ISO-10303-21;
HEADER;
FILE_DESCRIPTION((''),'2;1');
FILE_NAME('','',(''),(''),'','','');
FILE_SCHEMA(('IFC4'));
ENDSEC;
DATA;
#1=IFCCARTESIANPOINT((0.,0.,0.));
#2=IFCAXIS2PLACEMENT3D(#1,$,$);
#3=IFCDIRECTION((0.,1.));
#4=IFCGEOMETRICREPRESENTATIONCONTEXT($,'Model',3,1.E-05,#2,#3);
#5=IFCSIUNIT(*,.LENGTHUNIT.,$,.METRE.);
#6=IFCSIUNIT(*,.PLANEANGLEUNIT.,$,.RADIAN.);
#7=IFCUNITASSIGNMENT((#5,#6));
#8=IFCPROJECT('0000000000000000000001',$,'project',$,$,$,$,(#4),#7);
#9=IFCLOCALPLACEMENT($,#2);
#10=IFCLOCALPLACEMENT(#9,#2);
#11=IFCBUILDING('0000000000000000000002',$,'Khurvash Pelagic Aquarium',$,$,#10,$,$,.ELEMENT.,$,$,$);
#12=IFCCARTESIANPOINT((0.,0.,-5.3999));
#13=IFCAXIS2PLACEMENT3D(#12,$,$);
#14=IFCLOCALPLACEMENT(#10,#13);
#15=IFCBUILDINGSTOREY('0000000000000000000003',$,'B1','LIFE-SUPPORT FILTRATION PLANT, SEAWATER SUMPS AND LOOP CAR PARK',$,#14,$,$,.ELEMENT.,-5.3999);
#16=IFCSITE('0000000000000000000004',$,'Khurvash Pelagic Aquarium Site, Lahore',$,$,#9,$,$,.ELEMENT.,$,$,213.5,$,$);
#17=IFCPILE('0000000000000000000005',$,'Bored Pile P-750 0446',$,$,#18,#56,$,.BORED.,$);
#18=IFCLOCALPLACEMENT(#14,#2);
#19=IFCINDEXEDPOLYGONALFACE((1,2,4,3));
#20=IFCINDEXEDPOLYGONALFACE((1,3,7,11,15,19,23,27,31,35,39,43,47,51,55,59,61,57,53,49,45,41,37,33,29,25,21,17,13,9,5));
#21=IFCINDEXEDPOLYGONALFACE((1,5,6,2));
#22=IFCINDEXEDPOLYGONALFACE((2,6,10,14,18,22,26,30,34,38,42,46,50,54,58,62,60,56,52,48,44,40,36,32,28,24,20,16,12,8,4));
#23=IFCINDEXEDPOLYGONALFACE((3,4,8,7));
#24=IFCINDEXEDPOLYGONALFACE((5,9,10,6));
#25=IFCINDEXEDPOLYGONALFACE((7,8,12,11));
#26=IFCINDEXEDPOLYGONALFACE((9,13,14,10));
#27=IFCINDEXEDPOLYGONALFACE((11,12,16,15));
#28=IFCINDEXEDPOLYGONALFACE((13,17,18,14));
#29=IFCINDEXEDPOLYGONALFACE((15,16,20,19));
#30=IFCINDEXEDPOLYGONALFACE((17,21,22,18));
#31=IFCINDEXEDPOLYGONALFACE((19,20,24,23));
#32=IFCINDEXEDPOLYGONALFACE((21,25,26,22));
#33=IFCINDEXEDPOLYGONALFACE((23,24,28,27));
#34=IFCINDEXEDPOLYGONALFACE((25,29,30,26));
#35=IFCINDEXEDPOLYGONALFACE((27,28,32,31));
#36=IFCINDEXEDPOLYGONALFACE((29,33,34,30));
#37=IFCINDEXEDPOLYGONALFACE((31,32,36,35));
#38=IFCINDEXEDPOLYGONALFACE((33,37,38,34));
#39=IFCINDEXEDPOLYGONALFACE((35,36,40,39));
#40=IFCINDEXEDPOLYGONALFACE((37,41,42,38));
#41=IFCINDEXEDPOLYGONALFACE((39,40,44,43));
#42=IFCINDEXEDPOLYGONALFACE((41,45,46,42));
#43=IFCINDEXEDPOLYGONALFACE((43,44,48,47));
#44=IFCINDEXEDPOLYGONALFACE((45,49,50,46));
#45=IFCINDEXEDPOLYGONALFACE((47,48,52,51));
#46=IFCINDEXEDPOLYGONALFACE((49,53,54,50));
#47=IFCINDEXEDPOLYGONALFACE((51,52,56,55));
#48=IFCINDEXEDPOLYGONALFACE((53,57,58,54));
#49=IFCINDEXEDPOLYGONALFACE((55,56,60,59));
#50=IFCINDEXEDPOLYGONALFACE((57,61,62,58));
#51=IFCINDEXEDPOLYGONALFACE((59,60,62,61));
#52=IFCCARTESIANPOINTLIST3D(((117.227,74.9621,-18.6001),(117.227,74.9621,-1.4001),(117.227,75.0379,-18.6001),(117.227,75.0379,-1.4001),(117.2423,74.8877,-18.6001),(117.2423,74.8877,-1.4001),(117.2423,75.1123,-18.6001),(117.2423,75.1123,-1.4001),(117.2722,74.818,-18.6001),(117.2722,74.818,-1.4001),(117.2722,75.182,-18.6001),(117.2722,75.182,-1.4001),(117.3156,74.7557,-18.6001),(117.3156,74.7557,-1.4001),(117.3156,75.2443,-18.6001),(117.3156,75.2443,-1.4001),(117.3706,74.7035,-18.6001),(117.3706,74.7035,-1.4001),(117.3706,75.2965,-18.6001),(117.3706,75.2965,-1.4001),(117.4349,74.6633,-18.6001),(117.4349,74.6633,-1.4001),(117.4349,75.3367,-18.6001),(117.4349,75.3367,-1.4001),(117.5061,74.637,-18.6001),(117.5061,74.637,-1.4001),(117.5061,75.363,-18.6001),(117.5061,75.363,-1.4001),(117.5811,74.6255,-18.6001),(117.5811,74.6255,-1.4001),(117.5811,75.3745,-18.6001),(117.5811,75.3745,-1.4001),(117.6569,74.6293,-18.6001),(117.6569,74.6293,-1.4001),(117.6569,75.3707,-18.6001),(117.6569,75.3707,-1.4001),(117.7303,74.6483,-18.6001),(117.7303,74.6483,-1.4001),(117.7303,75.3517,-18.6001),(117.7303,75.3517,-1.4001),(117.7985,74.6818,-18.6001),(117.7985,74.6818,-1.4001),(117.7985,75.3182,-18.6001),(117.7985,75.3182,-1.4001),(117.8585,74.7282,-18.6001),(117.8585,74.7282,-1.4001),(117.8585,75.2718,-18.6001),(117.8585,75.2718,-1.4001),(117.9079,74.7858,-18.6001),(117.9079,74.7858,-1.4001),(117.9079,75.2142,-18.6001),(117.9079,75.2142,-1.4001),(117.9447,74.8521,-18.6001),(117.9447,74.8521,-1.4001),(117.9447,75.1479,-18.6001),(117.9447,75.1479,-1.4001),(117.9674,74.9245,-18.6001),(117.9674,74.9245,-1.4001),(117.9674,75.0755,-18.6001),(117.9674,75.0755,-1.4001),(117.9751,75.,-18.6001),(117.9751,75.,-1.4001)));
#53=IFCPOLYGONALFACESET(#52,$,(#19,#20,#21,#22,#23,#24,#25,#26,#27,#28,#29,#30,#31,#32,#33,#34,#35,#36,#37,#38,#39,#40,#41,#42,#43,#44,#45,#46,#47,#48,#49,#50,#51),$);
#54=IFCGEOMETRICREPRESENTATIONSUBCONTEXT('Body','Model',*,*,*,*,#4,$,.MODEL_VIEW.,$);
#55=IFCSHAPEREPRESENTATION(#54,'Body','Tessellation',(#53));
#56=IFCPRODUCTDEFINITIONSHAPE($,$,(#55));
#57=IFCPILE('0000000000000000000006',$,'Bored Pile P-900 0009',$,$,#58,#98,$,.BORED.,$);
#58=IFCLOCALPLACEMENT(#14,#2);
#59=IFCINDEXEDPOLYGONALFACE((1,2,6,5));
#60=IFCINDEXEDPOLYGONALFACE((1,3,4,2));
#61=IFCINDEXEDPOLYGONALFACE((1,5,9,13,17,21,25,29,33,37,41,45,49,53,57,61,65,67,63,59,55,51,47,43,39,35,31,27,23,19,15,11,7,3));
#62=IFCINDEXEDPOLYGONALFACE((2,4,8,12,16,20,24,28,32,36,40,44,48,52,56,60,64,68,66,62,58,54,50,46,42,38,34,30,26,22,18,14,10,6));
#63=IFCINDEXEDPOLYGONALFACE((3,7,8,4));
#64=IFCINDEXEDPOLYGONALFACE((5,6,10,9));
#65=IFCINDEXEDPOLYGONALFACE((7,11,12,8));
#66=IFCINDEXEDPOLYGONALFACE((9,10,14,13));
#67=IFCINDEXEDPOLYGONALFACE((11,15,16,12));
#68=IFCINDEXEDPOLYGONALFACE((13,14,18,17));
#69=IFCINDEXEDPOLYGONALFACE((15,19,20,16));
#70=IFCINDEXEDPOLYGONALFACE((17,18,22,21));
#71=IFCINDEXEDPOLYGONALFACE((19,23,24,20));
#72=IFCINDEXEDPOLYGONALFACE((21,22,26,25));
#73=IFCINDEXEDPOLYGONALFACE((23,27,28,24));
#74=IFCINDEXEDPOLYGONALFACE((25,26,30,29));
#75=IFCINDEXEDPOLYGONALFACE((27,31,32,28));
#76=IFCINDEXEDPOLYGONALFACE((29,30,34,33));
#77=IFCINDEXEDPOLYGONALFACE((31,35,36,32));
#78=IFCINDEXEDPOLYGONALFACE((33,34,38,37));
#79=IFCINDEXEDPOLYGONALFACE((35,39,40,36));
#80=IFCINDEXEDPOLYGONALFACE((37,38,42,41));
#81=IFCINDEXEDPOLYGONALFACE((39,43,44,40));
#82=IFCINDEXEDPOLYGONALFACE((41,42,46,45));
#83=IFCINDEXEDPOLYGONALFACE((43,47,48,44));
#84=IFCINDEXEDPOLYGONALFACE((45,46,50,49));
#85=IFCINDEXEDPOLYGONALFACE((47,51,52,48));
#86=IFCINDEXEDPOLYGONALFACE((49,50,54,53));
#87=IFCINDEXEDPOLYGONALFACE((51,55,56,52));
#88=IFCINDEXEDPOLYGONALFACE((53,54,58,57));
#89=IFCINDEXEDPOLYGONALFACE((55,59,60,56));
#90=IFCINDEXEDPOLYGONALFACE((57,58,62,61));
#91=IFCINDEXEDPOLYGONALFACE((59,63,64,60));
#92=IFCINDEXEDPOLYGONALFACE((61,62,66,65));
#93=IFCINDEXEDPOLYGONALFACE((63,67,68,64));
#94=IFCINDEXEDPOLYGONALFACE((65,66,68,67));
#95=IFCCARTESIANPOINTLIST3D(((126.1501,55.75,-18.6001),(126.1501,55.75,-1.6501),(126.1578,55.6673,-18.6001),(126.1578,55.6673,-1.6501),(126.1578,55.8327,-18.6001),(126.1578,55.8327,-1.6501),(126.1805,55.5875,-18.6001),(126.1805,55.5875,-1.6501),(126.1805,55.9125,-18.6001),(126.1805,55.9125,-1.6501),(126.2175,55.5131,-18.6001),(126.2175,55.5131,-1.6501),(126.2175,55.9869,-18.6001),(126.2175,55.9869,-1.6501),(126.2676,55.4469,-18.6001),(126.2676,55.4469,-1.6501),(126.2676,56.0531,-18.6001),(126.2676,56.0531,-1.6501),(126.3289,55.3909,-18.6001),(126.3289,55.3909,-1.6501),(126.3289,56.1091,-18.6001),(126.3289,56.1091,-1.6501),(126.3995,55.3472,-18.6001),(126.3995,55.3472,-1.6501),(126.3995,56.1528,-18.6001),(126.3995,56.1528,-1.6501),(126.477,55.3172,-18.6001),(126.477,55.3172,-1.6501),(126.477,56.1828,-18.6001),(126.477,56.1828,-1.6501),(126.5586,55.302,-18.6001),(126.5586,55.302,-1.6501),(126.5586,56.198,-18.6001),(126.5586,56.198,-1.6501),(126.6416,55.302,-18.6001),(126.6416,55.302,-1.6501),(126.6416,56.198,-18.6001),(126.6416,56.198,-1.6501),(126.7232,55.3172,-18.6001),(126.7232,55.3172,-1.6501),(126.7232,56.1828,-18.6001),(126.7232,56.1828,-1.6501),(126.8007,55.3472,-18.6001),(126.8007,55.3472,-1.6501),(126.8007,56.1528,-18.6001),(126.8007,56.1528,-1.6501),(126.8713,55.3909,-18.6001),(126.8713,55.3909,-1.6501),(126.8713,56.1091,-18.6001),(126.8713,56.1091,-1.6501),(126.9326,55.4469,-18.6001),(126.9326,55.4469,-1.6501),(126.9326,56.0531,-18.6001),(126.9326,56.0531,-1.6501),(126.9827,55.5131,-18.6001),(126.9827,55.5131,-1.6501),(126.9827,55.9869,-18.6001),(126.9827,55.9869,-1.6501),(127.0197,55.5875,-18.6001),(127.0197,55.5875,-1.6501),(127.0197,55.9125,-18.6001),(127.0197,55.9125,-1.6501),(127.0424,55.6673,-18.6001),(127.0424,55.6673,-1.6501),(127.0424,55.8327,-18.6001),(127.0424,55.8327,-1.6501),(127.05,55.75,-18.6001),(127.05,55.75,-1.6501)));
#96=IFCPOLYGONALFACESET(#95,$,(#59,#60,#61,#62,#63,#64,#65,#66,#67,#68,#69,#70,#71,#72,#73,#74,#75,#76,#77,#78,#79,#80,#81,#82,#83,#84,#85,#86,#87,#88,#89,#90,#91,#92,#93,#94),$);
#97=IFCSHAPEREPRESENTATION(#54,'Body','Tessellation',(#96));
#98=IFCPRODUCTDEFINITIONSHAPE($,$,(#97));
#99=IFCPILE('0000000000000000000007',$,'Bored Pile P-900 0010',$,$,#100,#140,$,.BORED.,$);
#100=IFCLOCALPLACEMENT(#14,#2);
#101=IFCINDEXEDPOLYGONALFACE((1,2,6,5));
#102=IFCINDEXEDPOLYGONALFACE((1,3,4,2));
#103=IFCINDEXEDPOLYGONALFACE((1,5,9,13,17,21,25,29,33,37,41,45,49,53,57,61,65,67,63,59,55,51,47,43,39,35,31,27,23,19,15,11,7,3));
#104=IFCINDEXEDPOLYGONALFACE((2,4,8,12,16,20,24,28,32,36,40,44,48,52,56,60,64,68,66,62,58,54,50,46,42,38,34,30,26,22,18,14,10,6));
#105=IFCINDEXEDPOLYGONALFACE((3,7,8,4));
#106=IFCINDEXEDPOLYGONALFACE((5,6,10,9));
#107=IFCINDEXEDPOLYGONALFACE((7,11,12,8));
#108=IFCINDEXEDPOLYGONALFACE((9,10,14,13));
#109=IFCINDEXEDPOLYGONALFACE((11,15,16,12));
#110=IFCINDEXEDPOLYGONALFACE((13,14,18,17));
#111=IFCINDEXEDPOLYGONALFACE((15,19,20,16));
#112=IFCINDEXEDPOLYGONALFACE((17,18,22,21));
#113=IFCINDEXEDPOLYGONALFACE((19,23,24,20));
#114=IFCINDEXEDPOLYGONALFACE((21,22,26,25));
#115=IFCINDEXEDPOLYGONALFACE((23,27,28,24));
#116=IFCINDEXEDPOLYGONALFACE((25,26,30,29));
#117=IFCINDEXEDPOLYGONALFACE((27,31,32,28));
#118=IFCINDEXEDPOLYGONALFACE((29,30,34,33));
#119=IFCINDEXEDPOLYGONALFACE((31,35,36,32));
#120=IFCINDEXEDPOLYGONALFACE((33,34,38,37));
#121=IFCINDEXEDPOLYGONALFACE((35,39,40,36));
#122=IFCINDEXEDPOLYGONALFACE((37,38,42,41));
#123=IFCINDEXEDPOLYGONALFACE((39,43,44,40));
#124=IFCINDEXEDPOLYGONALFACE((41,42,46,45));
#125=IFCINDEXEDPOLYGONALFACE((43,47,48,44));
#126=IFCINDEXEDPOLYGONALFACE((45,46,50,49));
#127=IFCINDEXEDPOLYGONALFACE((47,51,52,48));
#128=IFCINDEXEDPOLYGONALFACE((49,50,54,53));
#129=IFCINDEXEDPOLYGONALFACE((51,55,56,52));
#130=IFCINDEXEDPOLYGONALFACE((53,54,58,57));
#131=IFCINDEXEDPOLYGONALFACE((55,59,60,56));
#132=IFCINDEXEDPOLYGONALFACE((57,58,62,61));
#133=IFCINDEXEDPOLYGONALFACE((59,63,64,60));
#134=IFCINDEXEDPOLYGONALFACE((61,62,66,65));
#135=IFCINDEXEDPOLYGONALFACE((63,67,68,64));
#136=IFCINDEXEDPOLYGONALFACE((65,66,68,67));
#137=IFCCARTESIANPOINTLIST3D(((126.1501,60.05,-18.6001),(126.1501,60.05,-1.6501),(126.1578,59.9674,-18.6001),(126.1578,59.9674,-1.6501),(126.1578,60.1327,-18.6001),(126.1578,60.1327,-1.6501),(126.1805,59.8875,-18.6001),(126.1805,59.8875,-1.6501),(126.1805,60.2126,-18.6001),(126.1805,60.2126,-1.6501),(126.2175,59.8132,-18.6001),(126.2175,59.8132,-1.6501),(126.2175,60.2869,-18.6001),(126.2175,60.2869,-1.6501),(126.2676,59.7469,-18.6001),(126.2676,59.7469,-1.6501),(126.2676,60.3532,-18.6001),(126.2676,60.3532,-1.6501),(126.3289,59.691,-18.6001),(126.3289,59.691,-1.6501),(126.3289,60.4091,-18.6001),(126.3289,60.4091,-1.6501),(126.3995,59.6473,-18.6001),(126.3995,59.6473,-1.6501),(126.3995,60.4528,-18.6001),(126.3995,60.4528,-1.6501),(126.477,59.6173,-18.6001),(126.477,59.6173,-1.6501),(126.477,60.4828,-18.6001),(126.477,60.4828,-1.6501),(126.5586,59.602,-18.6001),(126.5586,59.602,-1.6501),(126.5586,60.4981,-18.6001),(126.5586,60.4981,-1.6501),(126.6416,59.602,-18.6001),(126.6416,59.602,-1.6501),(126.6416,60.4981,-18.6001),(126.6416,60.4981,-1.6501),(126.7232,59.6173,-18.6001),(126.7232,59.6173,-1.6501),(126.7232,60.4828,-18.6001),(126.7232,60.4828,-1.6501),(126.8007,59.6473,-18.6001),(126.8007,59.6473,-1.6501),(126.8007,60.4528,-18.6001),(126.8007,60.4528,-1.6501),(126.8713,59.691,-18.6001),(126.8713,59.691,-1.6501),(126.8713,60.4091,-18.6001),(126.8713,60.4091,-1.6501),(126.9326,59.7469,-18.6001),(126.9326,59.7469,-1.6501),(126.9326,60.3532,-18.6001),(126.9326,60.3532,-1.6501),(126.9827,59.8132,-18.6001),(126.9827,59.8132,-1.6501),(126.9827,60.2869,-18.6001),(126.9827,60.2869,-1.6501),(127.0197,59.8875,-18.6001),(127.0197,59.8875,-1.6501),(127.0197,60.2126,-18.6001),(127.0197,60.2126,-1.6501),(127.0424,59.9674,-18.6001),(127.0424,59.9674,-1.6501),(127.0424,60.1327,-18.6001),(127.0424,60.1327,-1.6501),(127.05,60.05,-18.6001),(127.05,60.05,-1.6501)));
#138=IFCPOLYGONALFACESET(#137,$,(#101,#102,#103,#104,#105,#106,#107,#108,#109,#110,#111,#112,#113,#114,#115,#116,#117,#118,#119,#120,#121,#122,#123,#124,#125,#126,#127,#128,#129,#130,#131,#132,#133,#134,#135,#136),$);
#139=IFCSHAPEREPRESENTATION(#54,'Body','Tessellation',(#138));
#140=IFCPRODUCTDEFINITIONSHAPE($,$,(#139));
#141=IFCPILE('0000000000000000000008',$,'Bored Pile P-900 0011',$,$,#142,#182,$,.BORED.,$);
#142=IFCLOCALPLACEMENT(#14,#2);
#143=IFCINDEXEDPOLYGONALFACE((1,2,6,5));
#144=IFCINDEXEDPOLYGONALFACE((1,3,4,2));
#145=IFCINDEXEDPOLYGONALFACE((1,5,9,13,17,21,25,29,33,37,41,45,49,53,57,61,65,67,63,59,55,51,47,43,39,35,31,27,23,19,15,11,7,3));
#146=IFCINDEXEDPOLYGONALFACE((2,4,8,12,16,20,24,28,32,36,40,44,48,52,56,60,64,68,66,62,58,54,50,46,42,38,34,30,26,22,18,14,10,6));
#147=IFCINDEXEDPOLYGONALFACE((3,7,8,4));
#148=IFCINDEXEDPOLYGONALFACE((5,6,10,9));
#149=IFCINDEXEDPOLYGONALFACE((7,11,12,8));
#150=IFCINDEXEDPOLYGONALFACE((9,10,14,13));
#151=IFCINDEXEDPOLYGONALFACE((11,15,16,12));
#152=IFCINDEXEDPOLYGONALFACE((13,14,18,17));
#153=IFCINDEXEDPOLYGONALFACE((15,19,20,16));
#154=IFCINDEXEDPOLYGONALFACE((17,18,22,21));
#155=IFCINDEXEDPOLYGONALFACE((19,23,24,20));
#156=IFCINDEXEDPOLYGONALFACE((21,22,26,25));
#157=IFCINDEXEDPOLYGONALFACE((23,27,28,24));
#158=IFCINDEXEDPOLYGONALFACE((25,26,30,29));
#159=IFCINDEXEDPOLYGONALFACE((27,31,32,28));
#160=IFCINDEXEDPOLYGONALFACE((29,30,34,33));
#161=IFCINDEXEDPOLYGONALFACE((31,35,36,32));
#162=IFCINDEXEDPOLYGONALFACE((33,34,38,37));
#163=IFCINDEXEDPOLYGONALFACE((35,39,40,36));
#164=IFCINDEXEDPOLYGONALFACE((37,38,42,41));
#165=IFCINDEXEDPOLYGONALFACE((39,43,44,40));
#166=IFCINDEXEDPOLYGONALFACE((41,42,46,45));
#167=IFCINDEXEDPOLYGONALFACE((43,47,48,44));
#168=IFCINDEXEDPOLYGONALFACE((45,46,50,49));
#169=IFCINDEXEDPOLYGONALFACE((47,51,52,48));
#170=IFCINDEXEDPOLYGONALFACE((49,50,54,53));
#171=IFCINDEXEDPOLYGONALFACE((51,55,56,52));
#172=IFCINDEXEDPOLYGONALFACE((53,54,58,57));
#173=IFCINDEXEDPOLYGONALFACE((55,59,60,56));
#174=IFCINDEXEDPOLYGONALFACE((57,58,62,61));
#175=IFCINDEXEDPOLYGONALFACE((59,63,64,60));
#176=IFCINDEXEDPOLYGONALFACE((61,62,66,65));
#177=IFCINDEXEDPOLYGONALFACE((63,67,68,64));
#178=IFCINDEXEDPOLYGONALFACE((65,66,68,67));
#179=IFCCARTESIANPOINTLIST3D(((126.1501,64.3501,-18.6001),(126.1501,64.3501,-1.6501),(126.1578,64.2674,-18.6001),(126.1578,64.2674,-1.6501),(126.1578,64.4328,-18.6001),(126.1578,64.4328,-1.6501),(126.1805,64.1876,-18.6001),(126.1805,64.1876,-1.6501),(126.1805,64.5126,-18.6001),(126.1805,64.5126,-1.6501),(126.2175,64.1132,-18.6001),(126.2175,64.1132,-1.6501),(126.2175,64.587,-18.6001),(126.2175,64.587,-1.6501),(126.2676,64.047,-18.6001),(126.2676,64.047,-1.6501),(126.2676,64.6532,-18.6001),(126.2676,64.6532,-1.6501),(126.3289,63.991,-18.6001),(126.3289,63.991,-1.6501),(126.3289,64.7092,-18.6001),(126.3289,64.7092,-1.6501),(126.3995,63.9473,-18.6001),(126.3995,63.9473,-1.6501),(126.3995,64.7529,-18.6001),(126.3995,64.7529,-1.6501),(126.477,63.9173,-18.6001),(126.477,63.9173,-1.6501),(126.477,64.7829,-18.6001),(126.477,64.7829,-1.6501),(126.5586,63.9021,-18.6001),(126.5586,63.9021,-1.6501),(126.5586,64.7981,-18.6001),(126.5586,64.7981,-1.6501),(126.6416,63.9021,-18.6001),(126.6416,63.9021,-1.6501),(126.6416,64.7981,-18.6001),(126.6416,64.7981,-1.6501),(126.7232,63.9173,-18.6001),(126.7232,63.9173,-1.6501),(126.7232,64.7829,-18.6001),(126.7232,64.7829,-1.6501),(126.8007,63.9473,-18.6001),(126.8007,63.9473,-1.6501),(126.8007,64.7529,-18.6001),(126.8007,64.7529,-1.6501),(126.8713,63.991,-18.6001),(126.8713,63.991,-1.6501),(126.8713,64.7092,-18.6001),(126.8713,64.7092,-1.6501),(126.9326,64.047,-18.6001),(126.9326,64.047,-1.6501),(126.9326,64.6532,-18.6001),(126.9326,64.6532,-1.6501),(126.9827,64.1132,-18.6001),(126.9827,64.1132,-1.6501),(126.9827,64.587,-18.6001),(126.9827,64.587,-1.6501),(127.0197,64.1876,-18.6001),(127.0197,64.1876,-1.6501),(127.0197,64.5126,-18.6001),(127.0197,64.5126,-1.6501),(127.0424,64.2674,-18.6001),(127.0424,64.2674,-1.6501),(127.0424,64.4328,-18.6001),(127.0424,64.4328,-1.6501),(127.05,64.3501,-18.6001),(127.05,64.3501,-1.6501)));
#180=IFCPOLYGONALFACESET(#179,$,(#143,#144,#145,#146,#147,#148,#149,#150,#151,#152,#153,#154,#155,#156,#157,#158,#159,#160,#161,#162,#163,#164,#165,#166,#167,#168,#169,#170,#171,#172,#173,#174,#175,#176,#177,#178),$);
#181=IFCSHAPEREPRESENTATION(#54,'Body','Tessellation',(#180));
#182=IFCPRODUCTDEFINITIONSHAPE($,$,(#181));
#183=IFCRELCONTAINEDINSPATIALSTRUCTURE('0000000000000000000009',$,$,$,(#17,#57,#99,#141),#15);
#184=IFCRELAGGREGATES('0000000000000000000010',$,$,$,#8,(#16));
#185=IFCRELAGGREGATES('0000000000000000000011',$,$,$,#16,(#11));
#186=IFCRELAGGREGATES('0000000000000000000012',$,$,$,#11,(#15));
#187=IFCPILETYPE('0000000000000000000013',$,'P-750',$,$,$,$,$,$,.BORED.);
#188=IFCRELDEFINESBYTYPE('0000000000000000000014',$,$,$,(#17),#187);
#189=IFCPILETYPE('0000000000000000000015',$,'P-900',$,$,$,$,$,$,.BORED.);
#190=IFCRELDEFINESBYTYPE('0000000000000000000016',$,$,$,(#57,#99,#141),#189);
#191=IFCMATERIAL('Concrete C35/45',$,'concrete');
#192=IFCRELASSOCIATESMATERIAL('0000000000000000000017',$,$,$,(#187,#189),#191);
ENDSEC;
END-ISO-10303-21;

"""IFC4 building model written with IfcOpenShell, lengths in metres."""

from ifc_helpers import new_model, si_unit, direction, frame, origin, origin_2d, place, context, subcontext, project, spatial, circle, extrude, material, material_profile, profile_set, type_object, element, save


model = new_model("IFC4")

# Units and contexts
model_context = context("Model", 3, precision=1e-05, world=origin(), true_north=direction((0.0, 1.0)))
body_context = subcontext(model_context, "Body", "Model", "MODEL_VIEW")
ifc_project = project(units=[si_unit("LENGTHUNIT", "METRE"), si_unit("PLANEANGLEUNIT", "RADIAN")], contexts=[model_context])

# Site, building, storey
site_placement = place(None, origin())
site = spatial("IfcSite", under=ifc_project, at=site_placement, Name="Khurvash Pelagic Aquarium Site, Lahore", CompositionType="ELEMENT", RefElevation=213.5)
building_placement = place(site_placement, origin())
building = spatial("IfcBuilding", under=site, at=building_placement, Name="Khurvash Pelagic Aquarium", CompositionType="ELEMENT")
storey_placement = place(building_placement, frame((0.0, 0.0, -5.3999)))
storey = spatial("IfcBuildingStorey", under=building, at=storey_placement, Name="B1", Description="LIFE-SUPPORT FILTRATION PLANT, SEAWATER SUMPS AND LOOP CAR PARK", CompositionType="ELEMENT", Elevation=-5.3999)

# Piles
ifc_material_1 = material(Name="Concrete C35/45", Category="concrete")
ifc_material_profile_1 = material_profile(ifc_material_1, circle(Radius=0.375, at=origin_2d()), Name="PILE750")
ifc_profile_set_1 = profile_set([ifc_material_profile_1], Name="Concrete C35/45")
pile_type_1 = type_object("IfcPileType", Name="P-750", PredefinedType="BORED", material=ifc_profile_set_1)
pile_placement = place(storey_placement, frame((117.6001, 75.0, -1.4001), z_axis=(0.0, 0.0, -1.0), x_axis=(1.0, 0.0, 0.0)))
element("IfcPile", 1, at=pile_placement, inside=storey, type_object=pile_type_1, Name="Bored Pile P-750 0446", PredefinedType="BORED", context=body_context, shape_type="SweptSolid", body=[
    extrude(circle(Radius=0.375, at=origin_2d()), origin(), (0.0, 0.0, 1.0), 17.2),
])
ifc_material_profile_2 = material_profile(ifc_material_1, circle(Radius=0.45, at=origin_2d()), Name="PILE900")
ifc_profile_set_2 = profile_set([ifc_material_profile_2], Name="Concrete C35/45")
pile_type_2 = type_object("IfcPileType", Name="P-900", PredefinedType="BORED", material=ifc_profile_set_2)
for number, where, z_axis, x_axis, name in (
    (2, (126.6001, 55.75, -1.6501), (0.0, 0.0, -1.0), (1.0, 0.0, 0.0), "Bored Pile P-900 0009"),
    (3, (126.6001, 60.05, -1.6501), (0.0, 0.0, -1.0), (1.0, 0.0, 0.0), "Bored Pile P-900 0010"),
    (4, (126.6001, 64.3501, -1.6501), (0.0, 0.0, -1.0), (1.0, 0.0, 0.0), "Bored Pile P-900 0011"),
):
    element("IfcPile", number, at=place(storey_placement, frame(where, z_axis=z_axis, x_axis=x_axis)), inside=storey, type_object=pile_type_2, Name=name, PredefinedType="BORED", context=body_context, shape_type="SweptSolid", body=[
        extrude(circle(Radius=0.45, at=origin_2d()), origin(), (0.0, 0.0, 1.0), 16.95),
    ])

save(model, "model.ifc")
